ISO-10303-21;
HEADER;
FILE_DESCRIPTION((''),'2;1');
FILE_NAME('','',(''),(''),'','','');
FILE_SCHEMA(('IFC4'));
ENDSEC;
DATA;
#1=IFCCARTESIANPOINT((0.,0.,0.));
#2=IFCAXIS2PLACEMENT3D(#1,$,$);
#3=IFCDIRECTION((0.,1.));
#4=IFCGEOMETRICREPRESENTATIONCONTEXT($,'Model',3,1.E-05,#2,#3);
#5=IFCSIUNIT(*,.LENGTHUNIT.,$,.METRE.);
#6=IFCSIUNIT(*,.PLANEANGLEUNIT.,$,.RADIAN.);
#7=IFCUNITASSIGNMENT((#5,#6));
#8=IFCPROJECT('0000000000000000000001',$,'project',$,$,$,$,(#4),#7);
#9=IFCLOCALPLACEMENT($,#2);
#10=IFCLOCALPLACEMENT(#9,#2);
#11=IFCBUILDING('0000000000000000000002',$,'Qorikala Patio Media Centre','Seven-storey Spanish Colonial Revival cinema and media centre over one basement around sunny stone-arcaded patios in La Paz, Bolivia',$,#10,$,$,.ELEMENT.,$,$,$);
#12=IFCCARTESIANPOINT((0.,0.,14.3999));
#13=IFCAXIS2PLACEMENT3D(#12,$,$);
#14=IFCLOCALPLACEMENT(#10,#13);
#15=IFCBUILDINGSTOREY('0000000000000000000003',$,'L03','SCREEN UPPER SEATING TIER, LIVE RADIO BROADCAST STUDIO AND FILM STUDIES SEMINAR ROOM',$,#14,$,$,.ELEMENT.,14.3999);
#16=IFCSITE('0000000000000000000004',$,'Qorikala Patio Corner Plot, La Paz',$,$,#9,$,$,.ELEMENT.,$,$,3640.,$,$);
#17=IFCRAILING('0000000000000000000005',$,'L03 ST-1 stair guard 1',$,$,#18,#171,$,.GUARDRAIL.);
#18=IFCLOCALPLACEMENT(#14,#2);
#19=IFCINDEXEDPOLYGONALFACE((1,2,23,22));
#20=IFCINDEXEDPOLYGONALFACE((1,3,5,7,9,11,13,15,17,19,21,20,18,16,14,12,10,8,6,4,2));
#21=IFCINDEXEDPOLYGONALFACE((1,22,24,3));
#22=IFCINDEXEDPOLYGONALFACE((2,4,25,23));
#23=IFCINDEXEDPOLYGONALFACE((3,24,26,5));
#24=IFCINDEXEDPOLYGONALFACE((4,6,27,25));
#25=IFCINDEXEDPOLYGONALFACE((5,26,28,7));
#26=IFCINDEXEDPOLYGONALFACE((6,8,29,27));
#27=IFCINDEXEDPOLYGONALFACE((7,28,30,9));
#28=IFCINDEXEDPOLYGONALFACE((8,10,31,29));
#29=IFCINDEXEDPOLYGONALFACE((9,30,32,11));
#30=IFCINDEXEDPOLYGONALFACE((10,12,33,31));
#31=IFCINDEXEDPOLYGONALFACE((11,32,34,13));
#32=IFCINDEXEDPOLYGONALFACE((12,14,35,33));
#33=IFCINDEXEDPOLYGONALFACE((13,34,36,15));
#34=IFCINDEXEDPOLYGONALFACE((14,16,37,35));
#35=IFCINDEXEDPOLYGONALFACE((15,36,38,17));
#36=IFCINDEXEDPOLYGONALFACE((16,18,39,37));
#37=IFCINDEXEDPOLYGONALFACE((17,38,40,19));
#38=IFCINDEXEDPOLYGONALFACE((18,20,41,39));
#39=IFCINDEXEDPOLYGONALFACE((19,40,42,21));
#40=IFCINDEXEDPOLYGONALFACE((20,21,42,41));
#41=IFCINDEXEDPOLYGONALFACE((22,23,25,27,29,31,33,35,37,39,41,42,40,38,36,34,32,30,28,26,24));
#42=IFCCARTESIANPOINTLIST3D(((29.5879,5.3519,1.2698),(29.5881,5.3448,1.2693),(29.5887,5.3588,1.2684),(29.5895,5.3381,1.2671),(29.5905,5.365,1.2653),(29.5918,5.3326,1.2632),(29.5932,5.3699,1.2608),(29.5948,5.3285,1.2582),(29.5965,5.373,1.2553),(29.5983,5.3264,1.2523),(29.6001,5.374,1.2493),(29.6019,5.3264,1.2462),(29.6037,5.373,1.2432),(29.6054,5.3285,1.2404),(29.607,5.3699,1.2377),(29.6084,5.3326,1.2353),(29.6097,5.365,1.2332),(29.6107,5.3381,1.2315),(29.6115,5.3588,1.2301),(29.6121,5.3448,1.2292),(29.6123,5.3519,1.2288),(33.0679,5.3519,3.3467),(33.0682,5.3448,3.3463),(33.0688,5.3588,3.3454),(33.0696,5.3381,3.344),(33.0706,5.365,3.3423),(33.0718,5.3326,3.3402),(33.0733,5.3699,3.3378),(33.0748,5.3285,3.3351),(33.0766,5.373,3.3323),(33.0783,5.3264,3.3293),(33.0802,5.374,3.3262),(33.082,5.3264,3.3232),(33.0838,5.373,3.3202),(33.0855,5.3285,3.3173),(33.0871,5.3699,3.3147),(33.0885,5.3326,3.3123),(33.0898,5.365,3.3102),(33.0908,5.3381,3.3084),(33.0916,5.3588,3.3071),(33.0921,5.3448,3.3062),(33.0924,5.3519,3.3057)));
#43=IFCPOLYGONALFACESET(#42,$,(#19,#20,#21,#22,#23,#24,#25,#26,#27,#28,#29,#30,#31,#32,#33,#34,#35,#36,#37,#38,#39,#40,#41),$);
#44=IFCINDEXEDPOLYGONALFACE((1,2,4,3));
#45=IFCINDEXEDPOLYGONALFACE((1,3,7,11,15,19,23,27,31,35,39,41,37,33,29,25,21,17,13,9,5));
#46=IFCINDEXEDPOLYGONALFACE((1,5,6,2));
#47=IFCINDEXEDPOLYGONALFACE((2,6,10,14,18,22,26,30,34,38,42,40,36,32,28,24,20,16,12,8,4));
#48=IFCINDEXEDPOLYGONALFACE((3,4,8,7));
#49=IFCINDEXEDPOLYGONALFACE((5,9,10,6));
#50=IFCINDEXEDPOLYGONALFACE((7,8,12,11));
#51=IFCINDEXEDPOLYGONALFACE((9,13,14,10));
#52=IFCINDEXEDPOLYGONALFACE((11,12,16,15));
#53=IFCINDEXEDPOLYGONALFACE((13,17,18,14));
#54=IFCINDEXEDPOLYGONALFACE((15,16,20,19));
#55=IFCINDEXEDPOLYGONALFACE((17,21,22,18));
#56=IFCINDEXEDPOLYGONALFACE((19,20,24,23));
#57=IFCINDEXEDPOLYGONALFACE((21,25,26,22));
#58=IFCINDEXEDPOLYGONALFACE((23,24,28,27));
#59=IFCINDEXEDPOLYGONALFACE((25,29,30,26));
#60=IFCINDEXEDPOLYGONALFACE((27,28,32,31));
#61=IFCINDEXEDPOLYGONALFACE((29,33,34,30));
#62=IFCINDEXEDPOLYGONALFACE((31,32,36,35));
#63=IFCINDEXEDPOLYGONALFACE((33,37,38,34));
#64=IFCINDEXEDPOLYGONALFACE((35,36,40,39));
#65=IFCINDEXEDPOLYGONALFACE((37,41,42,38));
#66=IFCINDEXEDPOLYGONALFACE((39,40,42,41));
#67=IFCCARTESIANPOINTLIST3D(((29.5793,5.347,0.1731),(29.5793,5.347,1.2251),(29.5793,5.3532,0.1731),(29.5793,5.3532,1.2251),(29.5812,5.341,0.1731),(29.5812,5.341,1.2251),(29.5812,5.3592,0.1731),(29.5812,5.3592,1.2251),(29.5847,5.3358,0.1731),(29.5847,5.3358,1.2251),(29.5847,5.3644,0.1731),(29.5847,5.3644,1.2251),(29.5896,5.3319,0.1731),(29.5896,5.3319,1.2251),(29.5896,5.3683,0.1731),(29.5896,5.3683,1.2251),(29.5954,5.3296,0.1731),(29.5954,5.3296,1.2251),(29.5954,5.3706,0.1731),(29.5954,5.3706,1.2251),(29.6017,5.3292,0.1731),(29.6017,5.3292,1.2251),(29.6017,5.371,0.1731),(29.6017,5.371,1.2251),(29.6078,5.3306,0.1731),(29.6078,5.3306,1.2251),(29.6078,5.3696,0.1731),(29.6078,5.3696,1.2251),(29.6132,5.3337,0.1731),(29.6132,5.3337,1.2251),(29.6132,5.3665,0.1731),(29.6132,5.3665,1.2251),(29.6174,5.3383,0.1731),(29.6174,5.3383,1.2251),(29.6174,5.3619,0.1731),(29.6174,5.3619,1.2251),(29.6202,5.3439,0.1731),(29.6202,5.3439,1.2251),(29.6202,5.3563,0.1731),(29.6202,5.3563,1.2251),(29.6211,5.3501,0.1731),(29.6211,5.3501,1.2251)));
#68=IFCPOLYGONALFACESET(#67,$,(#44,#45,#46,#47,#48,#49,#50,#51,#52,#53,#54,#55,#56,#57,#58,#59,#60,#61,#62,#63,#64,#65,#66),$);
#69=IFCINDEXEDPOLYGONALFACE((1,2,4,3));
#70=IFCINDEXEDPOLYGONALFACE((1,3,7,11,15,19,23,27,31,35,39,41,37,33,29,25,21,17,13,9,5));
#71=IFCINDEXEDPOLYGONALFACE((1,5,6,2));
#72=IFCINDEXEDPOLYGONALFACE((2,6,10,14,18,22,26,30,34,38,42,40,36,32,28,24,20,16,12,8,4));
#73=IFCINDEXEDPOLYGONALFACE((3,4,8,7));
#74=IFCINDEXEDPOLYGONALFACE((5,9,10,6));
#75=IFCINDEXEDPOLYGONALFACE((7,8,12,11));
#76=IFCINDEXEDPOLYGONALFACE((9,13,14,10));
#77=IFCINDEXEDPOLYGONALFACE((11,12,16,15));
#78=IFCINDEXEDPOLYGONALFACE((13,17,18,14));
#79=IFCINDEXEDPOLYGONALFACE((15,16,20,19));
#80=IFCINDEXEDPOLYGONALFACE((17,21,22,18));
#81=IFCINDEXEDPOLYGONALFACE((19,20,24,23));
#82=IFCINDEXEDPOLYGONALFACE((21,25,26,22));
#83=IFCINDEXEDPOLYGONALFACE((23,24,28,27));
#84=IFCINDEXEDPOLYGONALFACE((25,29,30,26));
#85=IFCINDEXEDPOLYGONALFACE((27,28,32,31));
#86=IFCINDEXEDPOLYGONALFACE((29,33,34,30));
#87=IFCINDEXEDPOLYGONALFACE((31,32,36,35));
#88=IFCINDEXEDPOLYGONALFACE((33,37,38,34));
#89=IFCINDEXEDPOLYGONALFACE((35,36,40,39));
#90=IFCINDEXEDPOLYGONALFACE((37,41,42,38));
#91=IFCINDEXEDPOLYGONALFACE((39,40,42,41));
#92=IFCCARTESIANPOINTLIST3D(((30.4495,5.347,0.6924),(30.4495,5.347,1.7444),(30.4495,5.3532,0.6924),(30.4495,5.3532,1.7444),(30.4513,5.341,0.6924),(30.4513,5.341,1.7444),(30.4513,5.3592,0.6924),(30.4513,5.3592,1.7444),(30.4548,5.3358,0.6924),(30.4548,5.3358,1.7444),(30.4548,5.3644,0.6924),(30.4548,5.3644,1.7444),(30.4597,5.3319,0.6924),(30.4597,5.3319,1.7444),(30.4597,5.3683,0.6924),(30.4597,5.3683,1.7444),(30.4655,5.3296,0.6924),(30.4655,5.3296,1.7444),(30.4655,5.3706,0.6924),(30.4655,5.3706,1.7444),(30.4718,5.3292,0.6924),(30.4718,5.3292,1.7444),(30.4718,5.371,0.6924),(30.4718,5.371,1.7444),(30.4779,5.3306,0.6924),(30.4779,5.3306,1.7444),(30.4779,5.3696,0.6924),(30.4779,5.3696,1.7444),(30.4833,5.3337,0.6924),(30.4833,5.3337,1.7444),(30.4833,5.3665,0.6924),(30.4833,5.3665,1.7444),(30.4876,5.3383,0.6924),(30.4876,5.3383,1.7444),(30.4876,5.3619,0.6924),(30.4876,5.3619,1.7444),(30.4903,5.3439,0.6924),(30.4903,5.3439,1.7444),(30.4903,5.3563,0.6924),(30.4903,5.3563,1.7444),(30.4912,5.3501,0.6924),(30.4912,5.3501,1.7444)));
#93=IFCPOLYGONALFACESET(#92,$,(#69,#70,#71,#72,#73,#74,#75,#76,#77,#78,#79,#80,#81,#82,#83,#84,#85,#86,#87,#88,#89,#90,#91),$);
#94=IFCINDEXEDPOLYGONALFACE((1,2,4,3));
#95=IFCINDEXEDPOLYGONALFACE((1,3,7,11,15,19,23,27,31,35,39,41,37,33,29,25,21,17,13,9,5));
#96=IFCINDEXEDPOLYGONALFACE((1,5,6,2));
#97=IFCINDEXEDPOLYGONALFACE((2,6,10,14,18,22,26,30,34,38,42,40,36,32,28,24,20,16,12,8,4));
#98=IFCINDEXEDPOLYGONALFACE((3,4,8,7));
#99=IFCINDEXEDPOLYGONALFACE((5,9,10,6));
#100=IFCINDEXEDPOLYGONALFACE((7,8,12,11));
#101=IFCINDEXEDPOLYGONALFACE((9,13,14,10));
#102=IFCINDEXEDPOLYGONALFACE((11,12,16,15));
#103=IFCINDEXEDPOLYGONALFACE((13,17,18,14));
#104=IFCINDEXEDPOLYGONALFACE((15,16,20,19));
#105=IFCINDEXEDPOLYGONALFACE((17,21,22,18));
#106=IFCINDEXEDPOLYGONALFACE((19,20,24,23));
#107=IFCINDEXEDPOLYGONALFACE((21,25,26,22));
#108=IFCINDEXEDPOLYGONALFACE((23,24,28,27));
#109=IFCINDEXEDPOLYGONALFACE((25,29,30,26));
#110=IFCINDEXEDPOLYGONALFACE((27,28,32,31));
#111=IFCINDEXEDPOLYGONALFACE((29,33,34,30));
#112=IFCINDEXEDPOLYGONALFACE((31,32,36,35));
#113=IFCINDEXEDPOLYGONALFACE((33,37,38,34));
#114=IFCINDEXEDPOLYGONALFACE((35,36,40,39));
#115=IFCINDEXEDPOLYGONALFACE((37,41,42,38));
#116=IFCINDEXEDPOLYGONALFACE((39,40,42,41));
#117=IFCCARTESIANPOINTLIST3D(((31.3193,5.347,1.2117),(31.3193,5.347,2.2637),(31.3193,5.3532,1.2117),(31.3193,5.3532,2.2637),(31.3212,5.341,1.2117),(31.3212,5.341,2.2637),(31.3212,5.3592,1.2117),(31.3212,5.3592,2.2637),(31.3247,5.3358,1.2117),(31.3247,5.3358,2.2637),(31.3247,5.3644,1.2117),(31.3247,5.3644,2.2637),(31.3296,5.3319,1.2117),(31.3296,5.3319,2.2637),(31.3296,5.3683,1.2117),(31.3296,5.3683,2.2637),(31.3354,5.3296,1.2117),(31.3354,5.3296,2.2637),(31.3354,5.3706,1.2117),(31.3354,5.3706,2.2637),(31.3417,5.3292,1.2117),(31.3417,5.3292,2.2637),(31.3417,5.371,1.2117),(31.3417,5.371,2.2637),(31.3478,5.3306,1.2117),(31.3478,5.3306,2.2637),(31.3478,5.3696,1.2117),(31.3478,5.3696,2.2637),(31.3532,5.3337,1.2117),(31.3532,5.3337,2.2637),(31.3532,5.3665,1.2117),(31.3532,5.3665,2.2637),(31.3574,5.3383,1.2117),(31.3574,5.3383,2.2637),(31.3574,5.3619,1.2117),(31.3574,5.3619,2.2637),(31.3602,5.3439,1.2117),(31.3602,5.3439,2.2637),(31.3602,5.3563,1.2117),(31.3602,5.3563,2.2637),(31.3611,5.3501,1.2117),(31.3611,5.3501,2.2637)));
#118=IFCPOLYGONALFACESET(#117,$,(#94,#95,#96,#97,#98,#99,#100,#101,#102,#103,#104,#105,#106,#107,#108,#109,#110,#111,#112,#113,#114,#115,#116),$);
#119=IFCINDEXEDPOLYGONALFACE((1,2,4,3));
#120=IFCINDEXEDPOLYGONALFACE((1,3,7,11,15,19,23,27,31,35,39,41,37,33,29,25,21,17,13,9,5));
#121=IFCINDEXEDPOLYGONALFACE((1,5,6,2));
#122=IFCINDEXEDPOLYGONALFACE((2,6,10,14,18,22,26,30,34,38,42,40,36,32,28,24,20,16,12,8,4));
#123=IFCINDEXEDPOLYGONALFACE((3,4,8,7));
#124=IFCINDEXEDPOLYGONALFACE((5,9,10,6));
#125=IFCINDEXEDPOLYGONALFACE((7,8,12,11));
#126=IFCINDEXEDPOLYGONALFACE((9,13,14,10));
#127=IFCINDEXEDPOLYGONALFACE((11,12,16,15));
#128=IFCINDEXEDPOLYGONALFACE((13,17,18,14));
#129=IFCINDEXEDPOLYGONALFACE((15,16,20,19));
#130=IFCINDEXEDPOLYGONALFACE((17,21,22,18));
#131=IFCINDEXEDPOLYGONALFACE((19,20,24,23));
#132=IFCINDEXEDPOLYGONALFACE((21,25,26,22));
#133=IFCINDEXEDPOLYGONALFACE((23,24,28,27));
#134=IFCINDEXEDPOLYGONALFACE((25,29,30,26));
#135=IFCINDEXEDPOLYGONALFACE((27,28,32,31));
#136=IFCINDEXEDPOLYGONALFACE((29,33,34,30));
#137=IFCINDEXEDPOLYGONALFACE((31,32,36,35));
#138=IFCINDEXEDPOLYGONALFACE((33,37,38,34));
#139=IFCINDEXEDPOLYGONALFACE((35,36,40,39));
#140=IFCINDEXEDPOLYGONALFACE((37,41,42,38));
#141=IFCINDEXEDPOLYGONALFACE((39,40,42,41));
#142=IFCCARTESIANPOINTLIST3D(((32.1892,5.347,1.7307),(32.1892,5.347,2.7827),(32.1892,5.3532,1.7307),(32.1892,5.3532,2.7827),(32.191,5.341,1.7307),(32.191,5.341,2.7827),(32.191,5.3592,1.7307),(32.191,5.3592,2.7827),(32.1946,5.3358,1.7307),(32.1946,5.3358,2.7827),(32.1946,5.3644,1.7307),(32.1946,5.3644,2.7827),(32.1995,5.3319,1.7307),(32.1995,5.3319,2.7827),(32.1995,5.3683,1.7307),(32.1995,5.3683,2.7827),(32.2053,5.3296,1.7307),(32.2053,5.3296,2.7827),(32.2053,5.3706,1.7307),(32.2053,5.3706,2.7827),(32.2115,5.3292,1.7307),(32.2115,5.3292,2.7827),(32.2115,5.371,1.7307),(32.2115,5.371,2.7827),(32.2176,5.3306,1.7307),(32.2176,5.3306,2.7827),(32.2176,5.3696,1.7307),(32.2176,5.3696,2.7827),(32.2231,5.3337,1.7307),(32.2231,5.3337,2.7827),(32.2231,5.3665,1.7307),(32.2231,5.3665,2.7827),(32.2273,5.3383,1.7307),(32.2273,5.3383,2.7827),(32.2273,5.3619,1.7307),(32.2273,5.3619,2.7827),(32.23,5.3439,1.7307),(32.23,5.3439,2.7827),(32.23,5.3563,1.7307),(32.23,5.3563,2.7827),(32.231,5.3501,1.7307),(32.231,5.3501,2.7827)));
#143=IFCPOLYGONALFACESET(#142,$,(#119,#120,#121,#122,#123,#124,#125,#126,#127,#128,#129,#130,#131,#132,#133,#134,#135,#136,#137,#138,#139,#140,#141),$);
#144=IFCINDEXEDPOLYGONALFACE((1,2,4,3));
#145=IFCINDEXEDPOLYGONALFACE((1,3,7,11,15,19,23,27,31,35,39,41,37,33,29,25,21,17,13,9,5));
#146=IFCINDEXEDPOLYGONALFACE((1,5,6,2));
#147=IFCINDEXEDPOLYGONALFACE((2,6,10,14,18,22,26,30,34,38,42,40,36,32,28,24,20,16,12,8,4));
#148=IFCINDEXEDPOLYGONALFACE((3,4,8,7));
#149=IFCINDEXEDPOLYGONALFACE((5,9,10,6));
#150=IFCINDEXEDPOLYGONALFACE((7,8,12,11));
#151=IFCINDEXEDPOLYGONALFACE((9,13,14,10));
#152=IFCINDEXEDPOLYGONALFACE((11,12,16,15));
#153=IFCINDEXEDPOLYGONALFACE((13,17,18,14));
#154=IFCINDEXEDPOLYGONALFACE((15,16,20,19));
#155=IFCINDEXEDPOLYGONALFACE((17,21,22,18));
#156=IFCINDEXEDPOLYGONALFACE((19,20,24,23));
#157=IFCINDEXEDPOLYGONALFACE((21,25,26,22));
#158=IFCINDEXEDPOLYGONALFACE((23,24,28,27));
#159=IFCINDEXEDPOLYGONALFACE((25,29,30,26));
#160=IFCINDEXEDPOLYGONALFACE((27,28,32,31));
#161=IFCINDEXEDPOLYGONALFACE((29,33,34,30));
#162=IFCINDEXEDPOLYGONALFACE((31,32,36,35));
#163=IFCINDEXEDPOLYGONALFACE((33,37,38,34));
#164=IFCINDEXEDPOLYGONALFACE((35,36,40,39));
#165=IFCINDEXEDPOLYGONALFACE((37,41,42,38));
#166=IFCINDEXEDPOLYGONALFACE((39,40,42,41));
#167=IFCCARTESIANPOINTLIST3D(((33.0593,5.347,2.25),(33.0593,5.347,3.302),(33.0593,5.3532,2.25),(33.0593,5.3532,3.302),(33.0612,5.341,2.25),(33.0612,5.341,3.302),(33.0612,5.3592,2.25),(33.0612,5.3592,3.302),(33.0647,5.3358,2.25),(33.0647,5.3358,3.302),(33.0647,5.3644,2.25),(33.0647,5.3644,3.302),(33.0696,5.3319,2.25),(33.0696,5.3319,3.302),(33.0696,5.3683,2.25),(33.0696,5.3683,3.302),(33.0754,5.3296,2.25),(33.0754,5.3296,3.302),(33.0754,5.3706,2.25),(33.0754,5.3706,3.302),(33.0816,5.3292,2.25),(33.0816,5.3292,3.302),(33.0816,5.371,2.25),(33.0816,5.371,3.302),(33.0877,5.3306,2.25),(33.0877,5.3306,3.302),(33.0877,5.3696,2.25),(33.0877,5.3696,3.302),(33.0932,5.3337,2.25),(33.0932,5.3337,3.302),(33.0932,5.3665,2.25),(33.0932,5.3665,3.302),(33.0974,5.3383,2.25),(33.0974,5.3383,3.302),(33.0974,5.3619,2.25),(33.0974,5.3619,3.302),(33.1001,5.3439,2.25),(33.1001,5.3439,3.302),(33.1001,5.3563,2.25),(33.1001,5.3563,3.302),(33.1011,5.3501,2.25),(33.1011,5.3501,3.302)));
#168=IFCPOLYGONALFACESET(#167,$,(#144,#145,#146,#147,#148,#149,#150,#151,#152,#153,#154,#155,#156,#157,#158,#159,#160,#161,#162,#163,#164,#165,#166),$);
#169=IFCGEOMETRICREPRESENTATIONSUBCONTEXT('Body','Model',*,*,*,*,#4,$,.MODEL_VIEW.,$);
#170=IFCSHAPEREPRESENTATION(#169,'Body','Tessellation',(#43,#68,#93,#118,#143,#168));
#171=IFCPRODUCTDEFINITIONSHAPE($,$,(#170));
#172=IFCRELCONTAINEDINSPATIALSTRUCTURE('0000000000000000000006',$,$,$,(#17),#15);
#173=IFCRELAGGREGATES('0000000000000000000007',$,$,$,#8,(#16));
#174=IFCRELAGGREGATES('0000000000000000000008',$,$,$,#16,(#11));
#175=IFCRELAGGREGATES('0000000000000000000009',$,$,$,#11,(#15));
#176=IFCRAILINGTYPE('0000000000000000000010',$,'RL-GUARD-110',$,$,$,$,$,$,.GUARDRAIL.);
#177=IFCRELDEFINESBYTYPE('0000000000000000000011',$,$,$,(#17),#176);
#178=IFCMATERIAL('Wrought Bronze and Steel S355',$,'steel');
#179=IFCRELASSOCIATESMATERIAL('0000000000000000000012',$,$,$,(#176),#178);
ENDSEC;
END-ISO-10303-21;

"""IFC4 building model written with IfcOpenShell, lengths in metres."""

from ifc_helpers import new_model, si_unit, direction, frame, origin, origin_2d, place, context, subcontext, project, spatial, circle, extrude, material, type_object, element, save


model = new_model("IFC4")

# Units and contexts
model_context = context("Model", 3, precision=1e-05, world=origin(), true_north=direction((0.0, 1.0)))
body_context = subcontext(model_context, "Body", "Model", "MODEL_VIEW")
ifc_project = project(units=[si_unit("LENGTHUNIT", "METRE"), si_unit("PLANEANGLEUNIT", "RADIAN")], contexts=[model_context])

# Site, building, storey
site_placement = place(None, origin())
site = spatial("IfcSite", under=ifc_project, at=site_placement, Name="Qorikala Patio Corner Plot, La Paz", CompositionType="ELEMENT", RefElevation=3640.0)
building_placement = place(site_placement, origin())
building = spatial("IfcBuilding", under=site, at=building_placement, Name="Qorikala Patio Media Centre", Description="Seven-storey Spanish Colonial Revival cinema and media centre over one basement around sunny stone-arcaded patios in La Paz, Bolivia", CompositionType="ELEMENT")
storey_placement = place(building_placement, frame((0.0, 0.0, 14.3999)))
storey = spatial("IfcBuildingStorey", under=building, at=storey_placement, Name="L03", Description="SCREEN UPPER SEATING TIER, LIVE RADIO BROADCAST STUDIO AND FILM STUDIES SEMINAR ROOM", CompositionType="ELEMENT", Elevation=14.3999)

# Railing
ifc_material_1 = material(Name="Wrought Bronze and Steel S355", Category="steel")
railing_type_1 = type_object("IfcRailingType", Name="RL-GUARD-110", PredefinedType="GUARDRAIL", material=ifc_material_1)
railing_1_placement = place(storey_placement, frame((29.6001, 5.3501, 0.1731)))
element("IfcRailing", 1, at=railing_1_placement, inside=storey, type_object=railing_type_1, Name="L03 ST-1 stair guard 1", PredefinedType="GUARDRAIL", context=body_context, shape_type="SweptSolid", body=[
    extrude(circle(Radius=0.0239, at=origin_2d()), frame((0.0, 0.0, 1.0762), z_axis=(0.858697, 0.0, 0.512483), x_axis=(0.0, 1.0, 0.0)), (0.0, 0.0, 1.0), 4.0527),
    extrude(circle(Radius=0.021, at=origin_2d()), origin(), (0.0, 0.0, 1.0), 1.052),
    extrude(circle(Radius=0.021, at=origin_2d()), frame((0.8701, 0.0, 0.5193)), (0.0, 0.0, 1.0), 1.052),
    extrude(circle(Radius=0.021, at=origin_2d()), frame((1.74, 0.0, 1.0386)), (0.0, 0.0, 1.0), 1.052),
    extrude(circle(Radius=0.021, at=origin_2d()), frame((2.6099, 0.0, 1.5576)), (0.0, 0.0, 1.0), 1.052),
    extrude(circle(Radius=0.021, at=origin_2d()), frame((3.48, 0.0, 2.0769)), (0.0, 0.0, 1.0), 1.052),
])

save(model, "model.ifc")
